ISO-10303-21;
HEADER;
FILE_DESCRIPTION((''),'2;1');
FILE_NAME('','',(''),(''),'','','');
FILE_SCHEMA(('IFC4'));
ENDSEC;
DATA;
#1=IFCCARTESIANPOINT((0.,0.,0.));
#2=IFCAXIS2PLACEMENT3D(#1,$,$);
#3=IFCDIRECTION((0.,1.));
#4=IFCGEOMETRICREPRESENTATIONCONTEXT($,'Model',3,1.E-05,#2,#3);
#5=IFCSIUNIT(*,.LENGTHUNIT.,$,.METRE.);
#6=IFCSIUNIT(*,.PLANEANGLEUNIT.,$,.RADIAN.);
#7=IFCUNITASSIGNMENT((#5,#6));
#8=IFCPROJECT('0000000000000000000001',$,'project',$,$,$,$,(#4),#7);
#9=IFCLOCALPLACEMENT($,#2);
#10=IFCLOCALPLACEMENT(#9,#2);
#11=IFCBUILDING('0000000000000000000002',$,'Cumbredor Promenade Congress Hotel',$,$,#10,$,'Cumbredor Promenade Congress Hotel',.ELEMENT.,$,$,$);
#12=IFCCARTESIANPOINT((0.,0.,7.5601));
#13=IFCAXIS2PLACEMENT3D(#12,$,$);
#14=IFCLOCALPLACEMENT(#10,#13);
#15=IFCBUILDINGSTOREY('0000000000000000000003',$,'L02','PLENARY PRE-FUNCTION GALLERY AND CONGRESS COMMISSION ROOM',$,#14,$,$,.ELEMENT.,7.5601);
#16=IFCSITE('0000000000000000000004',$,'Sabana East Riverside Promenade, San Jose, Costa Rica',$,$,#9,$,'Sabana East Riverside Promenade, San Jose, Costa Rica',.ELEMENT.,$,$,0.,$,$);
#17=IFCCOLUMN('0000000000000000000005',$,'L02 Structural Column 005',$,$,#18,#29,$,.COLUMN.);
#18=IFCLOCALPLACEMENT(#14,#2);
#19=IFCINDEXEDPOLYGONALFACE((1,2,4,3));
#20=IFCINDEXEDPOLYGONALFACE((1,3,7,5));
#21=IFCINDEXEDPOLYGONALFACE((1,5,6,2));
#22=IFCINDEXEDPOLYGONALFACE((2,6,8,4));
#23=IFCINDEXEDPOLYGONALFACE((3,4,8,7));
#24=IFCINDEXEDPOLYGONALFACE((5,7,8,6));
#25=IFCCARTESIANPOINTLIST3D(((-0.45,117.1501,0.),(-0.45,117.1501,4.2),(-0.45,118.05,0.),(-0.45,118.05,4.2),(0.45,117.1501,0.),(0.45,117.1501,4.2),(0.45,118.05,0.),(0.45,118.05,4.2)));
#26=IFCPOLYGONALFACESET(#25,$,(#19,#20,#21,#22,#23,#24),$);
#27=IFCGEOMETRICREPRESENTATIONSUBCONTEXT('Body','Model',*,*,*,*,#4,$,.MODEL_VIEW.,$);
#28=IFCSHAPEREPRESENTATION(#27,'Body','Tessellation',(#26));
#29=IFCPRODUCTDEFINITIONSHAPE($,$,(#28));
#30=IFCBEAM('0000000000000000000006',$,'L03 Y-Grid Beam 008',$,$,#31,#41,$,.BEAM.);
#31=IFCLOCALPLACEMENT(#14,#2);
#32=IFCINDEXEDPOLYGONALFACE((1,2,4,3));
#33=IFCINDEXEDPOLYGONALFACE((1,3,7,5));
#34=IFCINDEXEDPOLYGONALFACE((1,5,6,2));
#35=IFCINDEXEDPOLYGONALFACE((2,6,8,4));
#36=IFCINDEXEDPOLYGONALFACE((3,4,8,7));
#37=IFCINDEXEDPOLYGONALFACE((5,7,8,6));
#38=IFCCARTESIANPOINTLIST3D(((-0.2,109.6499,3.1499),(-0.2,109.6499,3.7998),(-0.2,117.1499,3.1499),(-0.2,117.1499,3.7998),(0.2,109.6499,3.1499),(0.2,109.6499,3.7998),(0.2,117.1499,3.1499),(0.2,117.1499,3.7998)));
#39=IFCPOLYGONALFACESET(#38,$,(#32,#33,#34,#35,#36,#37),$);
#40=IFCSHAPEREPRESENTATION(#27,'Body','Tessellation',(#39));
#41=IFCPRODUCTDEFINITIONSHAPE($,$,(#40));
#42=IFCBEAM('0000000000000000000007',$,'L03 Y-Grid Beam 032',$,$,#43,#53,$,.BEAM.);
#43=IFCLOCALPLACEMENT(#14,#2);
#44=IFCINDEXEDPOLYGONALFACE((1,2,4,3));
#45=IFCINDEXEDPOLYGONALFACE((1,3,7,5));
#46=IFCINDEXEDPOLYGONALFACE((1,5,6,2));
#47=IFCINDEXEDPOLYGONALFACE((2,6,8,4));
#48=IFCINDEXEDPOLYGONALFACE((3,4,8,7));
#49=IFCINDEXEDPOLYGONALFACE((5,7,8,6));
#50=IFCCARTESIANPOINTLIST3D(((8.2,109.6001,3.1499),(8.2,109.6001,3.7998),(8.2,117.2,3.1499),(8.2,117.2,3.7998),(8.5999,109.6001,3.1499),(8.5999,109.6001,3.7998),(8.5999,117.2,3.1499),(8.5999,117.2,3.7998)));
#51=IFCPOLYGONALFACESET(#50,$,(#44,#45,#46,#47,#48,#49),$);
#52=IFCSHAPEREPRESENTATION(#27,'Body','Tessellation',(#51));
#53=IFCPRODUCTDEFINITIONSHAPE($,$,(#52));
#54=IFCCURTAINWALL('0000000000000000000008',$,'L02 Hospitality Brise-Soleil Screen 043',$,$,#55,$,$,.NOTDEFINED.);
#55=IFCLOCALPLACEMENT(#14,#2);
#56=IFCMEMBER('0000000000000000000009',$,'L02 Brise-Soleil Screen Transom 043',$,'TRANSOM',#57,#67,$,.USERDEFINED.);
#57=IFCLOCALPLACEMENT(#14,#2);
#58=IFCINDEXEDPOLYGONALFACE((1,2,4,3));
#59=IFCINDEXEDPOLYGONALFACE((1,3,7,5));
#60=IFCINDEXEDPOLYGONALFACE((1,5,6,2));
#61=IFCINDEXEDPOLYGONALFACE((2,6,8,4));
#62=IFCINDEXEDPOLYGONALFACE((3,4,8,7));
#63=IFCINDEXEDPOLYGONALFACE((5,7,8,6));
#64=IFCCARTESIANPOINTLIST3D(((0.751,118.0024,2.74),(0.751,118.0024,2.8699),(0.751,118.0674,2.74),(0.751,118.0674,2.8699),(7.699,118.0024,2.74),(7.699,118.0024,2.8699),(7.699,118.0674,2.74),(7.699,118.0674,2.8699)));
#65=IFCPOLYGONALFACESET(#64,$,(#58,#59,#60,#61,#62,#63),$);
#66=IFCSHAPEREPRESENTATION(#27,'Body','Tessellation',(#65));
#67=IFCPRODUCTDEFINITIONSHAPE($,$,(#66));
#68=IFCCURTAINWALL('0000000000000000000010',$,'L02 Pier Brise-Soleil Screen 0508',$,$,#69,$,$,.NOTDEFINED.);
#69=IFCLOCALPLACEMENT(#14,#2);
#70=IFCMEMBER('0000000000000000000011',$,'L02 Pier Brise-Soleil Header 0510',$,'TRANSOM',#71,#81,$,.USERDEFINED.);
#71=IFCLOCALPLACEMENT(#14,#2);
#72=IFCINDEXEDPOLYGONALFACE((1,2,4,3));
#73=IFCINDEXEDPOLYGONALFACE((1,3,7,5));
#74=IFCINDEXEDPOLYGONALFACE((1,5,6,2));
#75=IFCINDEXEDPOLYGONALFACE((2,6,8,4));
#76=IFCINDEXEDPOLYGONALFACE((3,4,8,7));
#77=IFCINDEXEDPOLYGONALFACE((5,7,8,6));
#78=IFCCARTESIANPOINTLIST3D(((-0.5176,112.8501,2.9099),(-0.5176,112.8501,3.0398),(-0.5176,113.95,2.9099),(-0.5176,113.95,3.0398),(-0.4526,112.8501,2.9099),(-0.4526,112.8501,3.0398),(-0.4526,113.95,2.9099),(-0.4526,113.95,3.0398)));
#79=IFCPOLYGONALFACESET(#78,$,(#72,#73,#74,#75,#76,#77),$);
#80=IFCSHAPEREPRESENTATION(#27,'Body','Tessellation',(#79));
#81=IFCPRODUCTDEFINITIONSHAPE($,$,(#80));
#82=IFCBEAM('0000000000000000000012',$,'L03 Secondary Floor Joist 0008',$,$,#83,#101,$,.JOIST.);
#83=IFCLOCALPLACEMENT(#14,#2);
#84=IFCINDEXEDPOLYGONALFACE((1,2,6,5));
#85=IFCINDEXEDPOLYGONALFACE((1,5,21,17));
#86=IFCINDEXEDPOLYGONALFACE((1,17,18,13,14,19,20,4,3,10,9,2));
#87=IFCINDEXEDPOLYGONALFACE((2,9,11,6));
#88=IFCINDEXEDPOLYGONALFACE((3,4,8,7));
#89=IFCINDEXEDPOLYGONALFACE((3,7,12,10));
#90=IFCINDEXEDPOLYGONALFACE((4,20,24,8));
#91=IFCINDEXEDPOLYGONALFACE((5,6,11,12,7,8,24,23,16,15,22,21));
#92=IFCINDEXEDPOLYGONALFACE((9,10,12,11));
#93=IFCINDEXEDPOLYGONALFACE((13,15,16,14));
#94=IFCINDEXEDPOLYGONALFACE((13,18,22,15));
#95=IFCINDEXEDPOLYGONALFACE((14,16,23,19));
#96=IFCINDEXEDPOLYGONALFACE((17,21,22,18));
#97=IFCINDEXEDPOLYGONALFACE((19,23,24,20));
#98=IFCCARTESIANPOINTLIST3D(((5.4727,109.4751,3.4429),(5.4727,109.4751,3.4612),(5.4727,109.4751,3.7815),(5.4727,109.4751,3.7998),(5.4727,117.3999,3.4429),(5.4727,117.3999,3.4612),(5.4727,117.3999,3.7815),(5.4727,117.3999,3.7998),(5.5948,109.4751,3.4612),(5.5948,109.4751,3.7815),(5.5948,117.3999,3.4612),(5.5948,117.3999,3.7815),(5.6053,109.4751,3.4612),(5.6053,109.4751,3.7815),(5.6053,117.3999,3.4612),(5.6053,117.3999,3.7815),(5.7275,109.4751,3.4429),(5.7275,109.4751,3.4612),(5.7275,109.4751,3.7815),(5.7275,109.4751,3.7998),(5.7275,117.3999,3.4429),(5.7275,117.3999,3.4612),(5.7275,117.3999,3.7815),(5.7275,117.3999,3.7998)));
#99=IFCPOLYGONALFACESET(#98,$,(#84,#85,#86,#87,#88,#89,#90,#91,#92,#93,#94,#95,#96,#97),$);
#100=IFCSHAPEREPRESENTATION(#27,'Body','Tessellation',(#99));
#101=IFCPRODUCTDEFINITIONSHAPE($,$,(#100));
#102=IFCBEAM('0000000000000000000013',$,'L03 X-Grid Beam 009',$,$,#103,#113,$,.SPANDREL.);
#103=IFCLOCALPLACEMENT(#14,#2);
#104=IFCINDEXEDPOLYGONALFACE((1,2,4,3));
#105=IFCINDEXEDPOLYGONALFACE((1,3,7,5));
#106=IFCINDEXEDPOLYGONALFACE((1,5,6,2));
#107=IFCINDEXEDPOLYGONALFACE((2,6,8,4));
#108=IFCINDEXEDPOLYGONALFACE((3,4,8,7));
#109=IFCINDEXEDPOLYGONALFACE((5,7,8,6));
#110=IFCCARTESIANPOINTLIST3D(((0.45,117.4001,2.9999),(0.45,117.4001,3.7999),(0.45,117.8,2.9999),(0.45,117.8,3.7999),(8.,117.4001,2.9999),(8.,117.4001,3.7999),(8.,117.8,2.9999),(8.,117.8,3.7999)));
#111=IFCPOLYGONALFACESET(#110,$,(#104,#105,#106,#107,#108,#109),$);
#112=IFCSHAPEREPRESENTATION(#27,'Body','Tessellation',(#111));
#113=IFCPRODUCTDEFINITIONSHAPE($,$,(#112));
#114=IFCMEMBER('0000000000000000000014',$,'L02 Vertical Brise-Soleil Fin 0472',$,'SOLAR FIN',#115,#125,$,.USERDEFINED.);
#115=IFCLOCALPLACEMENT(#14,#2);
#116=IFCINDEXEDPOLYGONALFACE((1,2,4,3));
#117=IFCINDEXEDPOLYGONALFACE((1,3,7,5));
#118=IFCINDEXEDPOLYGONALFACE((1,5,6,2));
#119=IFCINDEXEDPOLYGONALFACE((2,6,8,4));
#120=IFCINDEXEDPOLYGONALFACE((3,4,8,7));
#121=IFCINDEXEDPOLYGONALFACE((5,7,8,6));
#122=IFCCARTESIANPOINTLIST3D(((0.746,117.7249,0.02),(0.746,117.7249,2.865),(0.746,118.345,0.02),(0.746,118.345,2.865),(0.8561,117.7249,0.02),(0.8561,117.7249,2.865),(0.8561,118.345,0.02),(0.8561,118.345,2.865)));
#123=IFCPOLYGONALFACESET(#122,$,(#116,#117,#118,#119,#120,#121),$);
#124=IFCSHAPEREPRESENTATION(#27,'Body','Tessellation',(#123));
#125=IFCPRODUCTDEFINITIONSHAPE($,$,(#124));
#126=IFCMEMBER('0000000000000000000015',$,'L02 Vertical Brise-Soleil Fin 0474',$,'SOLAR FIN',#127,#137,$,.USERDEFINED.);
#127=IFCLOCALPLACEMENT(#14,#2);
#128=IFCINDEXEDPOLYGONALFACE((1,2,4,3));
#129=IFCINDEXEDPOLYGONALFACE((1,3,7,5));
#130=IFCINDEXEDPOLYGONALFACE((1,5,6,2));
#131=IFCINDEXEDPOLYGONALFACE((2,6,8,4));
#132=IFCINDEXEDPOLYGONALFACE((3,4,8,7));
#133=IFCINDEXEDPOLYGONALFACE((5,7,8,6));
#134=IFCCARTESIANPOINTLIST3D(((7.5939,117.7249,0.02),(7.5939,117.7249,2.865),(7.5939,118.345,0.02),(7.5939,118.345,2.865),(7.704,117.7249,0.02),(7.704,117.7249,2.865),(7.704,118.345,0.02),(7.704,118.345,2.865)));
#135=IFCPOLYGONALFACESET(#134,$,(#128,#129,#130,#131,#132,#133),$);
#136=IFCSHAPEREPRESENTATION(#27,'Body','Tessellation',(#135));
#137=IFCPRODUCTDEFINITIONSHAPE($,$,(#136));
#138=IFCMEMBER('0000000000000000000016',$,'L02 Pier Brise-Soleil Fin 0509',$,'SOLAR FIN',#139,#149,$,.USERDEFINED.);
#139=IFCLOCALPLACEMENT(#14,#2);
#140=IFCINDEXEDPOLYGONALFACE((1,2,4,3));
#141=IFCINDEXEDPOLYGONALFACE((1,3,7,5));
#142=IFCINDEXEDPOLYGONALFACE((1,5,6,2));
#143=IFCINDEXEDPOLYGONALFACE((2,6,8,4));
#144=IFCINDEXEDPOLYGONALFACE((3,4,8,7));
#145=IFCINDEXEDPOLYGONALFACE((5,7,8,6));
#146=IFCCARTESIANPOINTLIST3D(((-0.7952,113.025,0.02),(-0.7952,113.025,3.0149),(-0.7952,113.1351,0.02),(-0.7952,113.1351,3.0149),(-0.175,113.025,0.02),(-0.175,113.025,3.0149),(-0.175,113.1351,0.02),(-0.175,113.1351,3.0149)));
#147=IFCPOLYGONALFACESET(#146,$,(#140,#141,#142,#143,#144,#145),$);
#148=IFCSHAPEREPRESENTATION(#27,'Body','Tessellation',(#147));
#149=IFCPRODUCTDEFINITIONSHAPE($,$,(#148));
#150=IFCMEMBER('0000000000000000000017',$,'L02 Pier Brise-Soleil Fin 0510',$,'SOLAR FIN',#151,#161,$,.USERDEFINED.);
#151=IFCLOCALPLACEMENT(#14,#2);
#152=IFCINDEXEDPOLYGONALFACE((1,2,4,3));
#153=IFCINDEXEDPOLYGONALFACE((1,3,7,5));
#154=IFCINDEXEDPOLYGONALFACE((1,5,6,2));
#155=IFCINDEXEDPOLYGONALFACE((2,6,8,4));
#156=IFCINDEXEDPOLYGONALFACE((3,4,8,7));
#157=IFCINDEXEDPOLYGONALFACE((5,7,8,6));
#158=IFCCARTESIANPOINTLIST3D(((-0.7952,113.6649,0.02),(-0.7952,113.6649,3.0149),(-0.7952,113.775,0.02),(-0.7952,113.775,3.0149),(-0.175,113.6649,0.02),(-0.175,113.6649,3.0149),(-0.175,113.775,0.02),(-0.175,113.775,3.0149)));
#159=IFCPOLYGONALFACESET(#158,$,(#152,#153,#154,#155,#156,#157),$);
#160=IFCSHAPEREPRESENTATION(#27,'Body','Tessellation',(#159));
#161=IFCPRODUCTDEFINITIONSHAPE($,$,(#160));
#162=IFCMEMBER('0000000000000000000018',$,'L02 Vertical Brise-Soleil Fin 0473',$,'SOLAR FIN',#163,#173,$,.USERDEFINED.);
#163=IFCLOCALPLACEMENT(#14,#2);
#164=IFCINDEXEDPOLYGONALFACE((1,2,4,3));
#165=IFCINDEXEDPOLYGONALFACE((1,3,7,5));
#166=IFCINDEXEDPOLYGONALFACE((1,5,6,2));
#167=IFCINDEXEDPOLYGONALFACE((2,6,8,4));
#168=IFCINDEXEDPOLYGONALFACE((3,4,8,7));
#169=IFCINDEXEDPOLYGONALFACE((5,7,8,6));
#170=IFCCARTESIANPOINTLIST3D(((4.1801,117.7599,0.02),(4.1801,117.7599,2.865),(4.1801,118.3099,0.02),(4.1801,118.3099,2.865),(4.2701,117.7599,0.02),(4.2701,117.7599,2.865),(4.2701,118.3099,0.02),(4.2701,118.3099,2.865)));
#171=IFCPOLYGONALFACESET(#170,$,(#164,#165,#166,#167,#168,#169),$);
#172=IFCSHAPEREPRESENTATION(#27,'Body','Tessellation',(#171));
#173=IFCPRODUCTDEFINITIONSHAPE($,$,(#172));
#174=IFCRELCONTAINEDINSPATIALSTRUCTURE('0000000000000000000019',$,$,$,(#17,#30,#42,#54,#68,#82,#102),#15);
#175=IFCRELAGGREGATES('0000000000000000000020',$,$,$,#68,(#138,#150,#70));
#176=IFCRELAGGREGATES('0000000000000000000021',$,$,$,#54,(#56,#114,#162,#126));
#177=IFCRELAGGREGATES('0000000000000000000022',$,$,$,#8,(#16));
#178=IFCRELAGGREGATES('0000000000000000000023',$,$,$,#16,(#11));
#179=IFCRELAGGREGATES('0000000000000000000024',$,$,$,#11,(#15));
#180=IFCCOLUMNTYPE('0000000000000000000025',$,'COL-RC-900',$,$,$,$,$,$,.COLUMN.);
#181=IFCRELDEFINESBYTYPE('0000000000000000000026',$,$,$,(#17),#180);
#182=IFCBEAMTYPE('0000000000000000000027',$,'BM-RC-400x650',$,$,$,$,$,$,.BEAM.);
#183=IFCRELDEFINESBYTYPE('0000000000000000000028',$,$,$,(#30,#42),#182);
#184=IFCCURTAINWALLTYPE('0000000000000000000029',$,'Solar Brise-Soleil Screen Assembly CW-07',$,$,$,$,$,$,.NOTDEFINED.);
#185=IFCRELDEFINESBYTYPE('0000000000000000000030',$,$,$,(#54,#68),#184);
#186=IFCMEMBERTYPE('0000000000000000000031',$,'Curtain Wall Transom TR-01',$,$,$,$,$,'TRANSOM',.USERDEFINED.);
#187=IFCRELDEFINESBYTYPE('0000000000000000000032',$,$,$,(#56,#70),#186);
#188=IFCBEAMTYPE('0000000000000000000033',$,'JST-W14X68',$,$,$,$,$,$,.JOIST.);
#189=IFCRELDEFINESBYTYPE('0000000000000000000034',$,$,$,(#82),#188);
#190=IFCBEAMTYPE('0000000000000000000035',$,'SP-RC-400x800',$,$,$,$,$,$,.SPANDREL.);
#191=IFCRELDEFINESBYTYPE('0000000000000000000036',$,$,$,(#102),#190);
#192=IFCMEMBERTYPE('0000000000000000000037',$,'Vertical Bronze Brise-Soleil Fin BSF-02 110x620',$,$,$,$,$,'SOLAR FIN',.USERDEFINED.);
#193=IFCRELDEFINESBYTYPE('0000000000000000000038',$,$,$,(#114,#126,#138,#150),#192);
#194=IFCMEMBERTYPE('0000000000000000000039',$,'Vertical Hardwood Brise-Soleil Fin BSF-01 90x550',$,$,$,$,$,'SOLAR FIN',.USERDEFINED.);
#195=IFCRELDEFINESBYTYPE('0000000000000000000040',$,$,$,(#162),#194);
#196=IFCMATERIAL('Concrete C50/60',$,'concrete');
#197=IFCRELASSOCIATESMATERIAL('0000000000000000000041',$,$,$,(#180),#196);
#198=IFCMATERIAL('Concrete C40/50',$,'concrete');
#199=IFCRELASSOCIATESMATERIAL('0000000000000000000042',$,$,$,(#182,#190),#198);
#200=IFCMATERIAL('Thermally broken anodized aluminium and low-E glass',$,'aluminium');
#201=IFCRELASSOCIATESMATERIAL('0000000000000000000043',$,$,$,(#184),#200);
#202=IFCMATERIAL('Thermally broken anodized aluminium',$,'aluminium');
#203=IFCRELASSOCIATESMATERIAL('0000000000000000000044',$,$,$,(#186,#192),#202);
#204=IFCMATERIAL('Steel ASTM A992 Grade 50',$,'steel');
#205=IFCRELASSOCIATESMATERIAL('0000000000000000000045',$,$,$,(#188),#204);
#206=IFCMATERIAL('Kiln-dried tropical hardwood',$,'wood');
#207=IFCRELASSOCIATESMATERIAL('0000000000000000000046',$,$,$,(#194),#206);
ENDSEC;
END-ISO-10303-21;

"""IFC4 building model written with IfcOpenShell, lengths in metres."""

from ifc_helpers import new_model, si_unit, direction, frame, origin, origin_2d, place, context, subcontext, project, spatial, rectangle, i_section, extrude, material, material_profile, profile_set, type_object, element, aggregate, save


model = new_model("IFC4")

# Units and contexts
model_context = context("Model", 3, precision=1e-05, world=origin(), true_north=direction((0.0, 1.0)))
body_context = subcontext(model_context, "Body", "Model", "MODEL_VIEW")
ifc_project = project(units=[si_unit("LENGTHUNIT", "METRE"), si_unit("PLANEANGLEUNIT", "RADIAN")], contexts=[model_context])

# Site, building, storey
site_placement = place(None, origin())
site = spatial("IfcSite", under=ifc_project, at=site_placement, Name="Sabana East Riverside Promenade, San Jose, Costa Rica", LongName="Sabana East Riverside Promenade, San Jose, Costa Rica", CompositionType="ELEMENT", RefElevation=0.0)
building_placement = place(site_placement, origin())
building = spatial("IfcBuilding", under=site, at=building_placement, Name="Cumbredor Promenade Congress Hotel", LongName="Cumbredor Promenade Congress Hotel", CompositionType="ELEMENT")
storey_placement = place(building_placement, frame((0.0, 0.0, 7.5601)))
storey = spatial("IfcBuildingStorey", under=building, at=storey_placement, Name="L02", Description="PLENARY PRE-FUNCTION GALLERY AND CONGRESS COMMISSION ROOM", CompositionType="ELEMENT", Elevation=7.5601)

# Column
ifc_material_1 = material(Name="Concrete C50/60", Category="concrete")
ifc_material_profile_1 = material_profile(ifc_material_1, rectangle(XDim=0.8999, YDim=0.8999, at=origin_2d()), Name="RC 900x900")
ifc_profile_set_1 = profile_set([ifc_material_profile_1], Name="Concrete C50/60")
column_type = type_object("IfcColumnType", Name="COL-RC-900", PredefinedType="COLUMN", material=ifc_profile_set_1)
column_placement = place(storey_placement, frame((0.0, 117.6001, 0.0), z_axis=(0.0, 0.0, 1.0), x_axis=(1.0, 0.0, 0.0)))
element("IfcColumn", 1, at=column_placement, inside=storey, type_object=column_type, Name="L02 Structural Column 005", PredefinedType="COLUMN", context=body_context, shape_type="SweptSolid", body=[
    extrude(rectangle(XDim=0.8999, YDim=0.8999, at=origin_2d()), origin(), (0.0, 0.0, 1.0), 4.2),
])

# Beams
ifc_material_2 = material(Name="Concrete C40/50", Category="concrete")
ifc_material_profile_2 = material_profile(ifc_material_2, rectangle(XDim=0.3999, YDim=0.6499, at=origin_2d()), Name="RC BEAM 400x650")
ifc_profile_set_2 = profile_set([ifc_material_profile_2], Name="Concrete C40/50")
beam_type_1 = type_object("IfcBeamType", Name="BM-RC-400x650", PredefinedType="BEAM", material=ifc_profile_set_2)
beam_1_placement = place(storey_placement, frame((0.0, 109.6499, 3.4749), z_axis=(0.0, 1.0, 0.0), x_axis=(-1.0, 0.0, 0.0)))
element("IfcBeam", 2, at=beam_1_placement, inside=storey, type_object=beam_type_1, Name="L03 Y-Grid Beam 008", PredefinedType="BEAM", context=body_context, shape_type="SweptSolid", body=[
    extrude(rectangle(XDim=0.3999, YDim=0.6499, at=origin_2d()), origin(), (0.0, 0.0, 1.0), 7.5),
])
beam_2_placement = place(storey_placement, frame((8.3999, 109.6001, 3.4749), z_axis=(0.0, 1.0, 0.0), x_axis=(-1.0, 0.0, 0.0)))
element("IfcBeam", 3, at=beam_2_placement, inside=storey, type_object=beam_type_1, Name="L03 Y-Grid Beam 032", PredefinedType="BEAM", context=body_context, shape_type="SweptSolid", body=[
    extrude(rectangle(XDim=0.3999, YDim=0.6499, at=origin_2d()), origin(), (0.0, 0.0, 1.0), 7.5999),
])

# Curtain walls, members
ifc_material_3 = material(Name="Thermally broken anodized aluminium and low-E glass", Category="aluminium")
curtain_wall_type = type_object("IfcCurtainWallType", Name="Solar Brise-Soleil Screen Assembly CW-07", PredefinedType="NOTDEFINED", material=ifc_material_3)
curtain_wall_1_placement = place(storey_placement, origin())
curtain_wall_1 = element("IfcCurtainWall", 4, at=curtain_wall_1_placement, inside=storey, type_object=curtain_wall_type, Name="L02 Hospitality Brise-Soleil Screen 043", PredefinedType="NOTDEFINED")
ifc_material_4 = material(Name="Thermally broken anodized aluminium", Category="aluminium")
ifc_material_profile_3 = material_profile(ifc_material_4, rectangle(XDim=0.0649, YDim=0.1299, at=origin_2d()), Name="ALU TRANSOM 65x130")
ifc_profile_set_3 = profile_set([ifc_material_profile_3], Name="Thermally broken anodized aluminium")
member_type_1 = type_object("IfcMemberType", Name="Curtain Wall Transom TR-01", ElementType="TRANSOM", PredefinedType="USERDEFINED", material=ifc_profile_set_3)
member_1_placement = place(storey_placement, frame((0.751, 118.0349, 2.8049), z_axis=(1.0, 0.0, 0.0), x_axis=(0.0, 1.0, 0.0)))
member_1 = element("IfcMember", 5, at=member_1_placement, type_object=member_type_1, Name="L02 Brise-Soleil Screen Transom 043", ObjectType="TRANSOM", PredefinedType="USERDEFINED", context=body_context, shape_type="SweptSolid", body=[
    extrude(rectangle(XDim=0.0649, YDim=0.1299, at=origin_2d()), origin(), (0.0, 0.0, 1.0), 6.948),
])
curtain_wall_2_placement = place(storey_placement, origin())
curtain_wall_2 = element("IfcCurtainWall", 6, at=curtain_wall_2_placement, inside=storey, type_object=curtain_wall_type, Name="L02 Pier Brise-Soleil Screen 0508", PredefinedType="NOTDEFINED")
member_2_placement = place(storey_placement, frame((-0.4851, 112.8501, 2.9749), z_axis=(0.0, 1.0, 0.0), x_axis=(-1.0, 0.0, 0.0)))
member_2 = element("IfcMember", 7, at=member_2_placement, type_object=member_type_1, Name="L02 Pier Brise-Soleil Header 0510", ObjectType="TRANSOM", PredefinedType="USERDEFINED", context=body_context, shape_type="SweptSolid", body=[
    extrude(rectangle(XDim=0.0649, YDim=0.1299, at=origin_2d()), origin(), (0.0, 0.0, 1.0), 1.0999),
])

# Beams
ifc_material_5 = material(Name="Steel ASTM A992 Grade 50", Category="steel")
ifc_material_profile_4 = material_profile(ifc_material_5, i_section(OverallWidth=0.2549, OverallDepth=0.3569, WebThickness=0.0105, FlangeThickness=0.0183, at=origin_2d()), Name="W14X68")
ifc_profile_set_4 = profile_set([ifc_material_profile_4], Name="Steel ASTM A992 Grade 50")
beam_type_2 = type_object("IfcBeamType", Name="JST-W14X68", PredefinedType="JOIST", material=ifc_profile_set_4)
beam_3_placement = place(storey_placement, frame((5.6001, 109.4751, 3.6213), z_axis=(0.0, 1.0, 0.0), x_axis=(-1.0, 0.0, 0.0)))
element("IfcBeam", 8, at=beam_3_placement, inside=storey, type_object=beam_type_2, Name="L03 Secondary Floor Joist 0008", PredefinedType="JOIST", context=body_context, shape_type="SweptSolid", body=[
    extrude(i_section(OverallWidth=0.2549, OverallDepth=0.3569, WebThickness=0.0105, FlangeThickness=0.0183, at=origin_2d()), origin(), (0.0, 0.0, 1.0), 7.9248),
])
ifc_material_profile_5 = material_profile(ifc_material_2, rectangle(XDim=0.3999, YDim=0.8, at=origin_2d()), Name="RC SPANDREL 400x800")
ifc_profile_set_5 = profile_set([ifc_material_profile_5], Name="Concrete C40/50")
beam_type_3 = type_object("IfcBeamType", Name="SP-RC-400x800", PredefinedType="SPANDREL", material=ifc_profile_set_5)
beam_4_placement = place(storey_placement, frame((0.45, 117.6001, 3.3999), z_axis=(1.0, 0.0, 0.0), x_axis=(0.0, 1.0, 0.0)))
element("IfcBeam", 9, at=beam_4_placement, inside=storey, type_object=beam_type_3, Name="L03 X-Grid Beam 009", PredefinedType="SPANDREL", context=body_context, shape_type="SweptSolid", body=[
    extrude(rectangle(XDim=0.3999, YDim=0.8, at=origin_2d()), origin(), (0.0, 0.0, 1.0), 7.55),
])

# Members
ifc_material_profile_6 = material_profile(ifc_material_4, rectangle(XDim=0.1101, YDim=0.6201, at=origin_2d()), Name="ARCH FIN 110x620")
ifc_profile_set_6 = profile_set([ifc_material_profile_6], Name="Thermally broken anodized aluminium")
member_type_2 = type_object("IfcMemberType", Name="Vertical Bronze Brise-Soleil Fin BSF-02 110x620", ElementType="SOLAR FIN", PredefinedType="USERDEFINED", material=ifc_profile_set_6)
member_3_placement = place(storey_placement, frame((0.801, 118.0349, 0.02), z_axis=(0.0, 0.0, 1.0), x_axis=(1.0, 0.0, 0.0)))
member_3 = element("IfcMember", 10, at=member_3_placement, type_object=member_type_2, Name="L02 Vertical Brise-Soleil Fin 0472", ObjectType="SOLAR FIN", PredefinedType="USERDEFINED", context=body_context, shape_type="SweptSolid", body=[
    extrude(rectangle(XDim=0.1101, YDim=0.6201, at=origin_2d()), origin(), (0.0, 0.0, 1.0), 2.845),
])
member_4_placement = place(storey_placement, frame((7.6489, 118.0349, 0.02), z_axis=(0.0, 0.0, 1.0), x_axis=(1.0, 0.0, 0.0)))
member_4 = element("IfcMember", 11, at=member_4_placement, type_object=member_type_2, Name="L02 Vertical Brise-Soleil Fin 0474", ObjectType="SOLAR FIN", PredefinedType="USERDEFINED", context=body_context, shape_type="SweptSolid", body=[
    extrude(rectangle(XDim=0.1101, YDim=0.6201, at=origin_2d()), origin(), (0.0, 0.0, 1.0), 2.845),
])
member_5_placement = place(storey_placement, frame((-0.4851, 113.0801, 0.02), z_axis=(0.0, 0.0, 1.0), x_axis=(0.0, 1.0, 0.0)))
member_5 = element("IfcMember", 12, at=member_5_placement, type_object=member_type_2, Name="L02 Pier Brise-Soleil Fin 0509", ObjectType="SOLAR FIN", PredefinedType="USERDEFINED", context=body_context, shape_type="SweptSolid", body=[
    extrude(rectangle(XDim=0.1101, YDim=0.6201, at=origin_2d()), origin(), (0.0, 0.0, 1.0), 2.9949),
])
member_6_placement = place(storey_placement, frame((-0.4851, 113.72, 0.02), z_axis=(0.0, 0.0, 1.0), x_axis=(0.0, 1.0, 0.0)))
member_6 = element("IfcMember", 13, at=member_6_placement, type_object=member_type_2, Name="L02 Pier Brise-Soleil Fin 0510", ObjectType="SOLAR FIN", PredefinedType="USERDEFINED", context=body_context, shape_type="SweptSolid", body=[
    extrude(rectangle(XDim=0.1101, YDim=0.6201, at=origin_2d()), origin(), (0.0, 0.0, 1.0), 2.9949),
])
aggregate(curtain_wall_2, [member_5, member_6, member_2])
ifc_material_6 = material(Name="Kiln-dried tropical hardwood", Category="wood")
ifc_material_profile_7 = material_profile(ifc_material_6, rectangle(XDim=0.0901, YDim=0.55, at=origin_2d()), Name="ARCH FIN 90x550")
ifc_profile_set_7 = profile_set([ifc_material_profile_7], Name="Kiln-dried tropical hardwood")
member_type_3 = type_object("IfcMemberType", Name="Vertical Hardwood Brise-Soleil Fin BSF-01 90x550", ElementType="SOLAR FIN", PredefinedType="USERDEFINED", material=ifc_profile_set_7)
member_7_placement = place(storey_placement, frame((4.2251, 118.0349, 0.02), z_axis=(0.0, 0.0, 1.0), x_axis=(1.0, 0.0, 0.0)))
member_7 = element("IfcMember", 14, at=member_7_placement, type_object=member_type_3, Name="L02 Vertical Brise-Soleil Fin 0473", ObjectType="SOLAR FIN", PredefinedType="USERDEFINED", context=body_context, shape_type="SweptSolid", body=[
    extrude(rectangle(XDim=0.0901, YDim=0.55, at=origin_2d()), origin(), (0.0, 0.0, 1.0), 2.845),
])

aggregate(curtain_wall_1, [member_1, member_3, member_7, member_4])

save(model, "model.ifc")
